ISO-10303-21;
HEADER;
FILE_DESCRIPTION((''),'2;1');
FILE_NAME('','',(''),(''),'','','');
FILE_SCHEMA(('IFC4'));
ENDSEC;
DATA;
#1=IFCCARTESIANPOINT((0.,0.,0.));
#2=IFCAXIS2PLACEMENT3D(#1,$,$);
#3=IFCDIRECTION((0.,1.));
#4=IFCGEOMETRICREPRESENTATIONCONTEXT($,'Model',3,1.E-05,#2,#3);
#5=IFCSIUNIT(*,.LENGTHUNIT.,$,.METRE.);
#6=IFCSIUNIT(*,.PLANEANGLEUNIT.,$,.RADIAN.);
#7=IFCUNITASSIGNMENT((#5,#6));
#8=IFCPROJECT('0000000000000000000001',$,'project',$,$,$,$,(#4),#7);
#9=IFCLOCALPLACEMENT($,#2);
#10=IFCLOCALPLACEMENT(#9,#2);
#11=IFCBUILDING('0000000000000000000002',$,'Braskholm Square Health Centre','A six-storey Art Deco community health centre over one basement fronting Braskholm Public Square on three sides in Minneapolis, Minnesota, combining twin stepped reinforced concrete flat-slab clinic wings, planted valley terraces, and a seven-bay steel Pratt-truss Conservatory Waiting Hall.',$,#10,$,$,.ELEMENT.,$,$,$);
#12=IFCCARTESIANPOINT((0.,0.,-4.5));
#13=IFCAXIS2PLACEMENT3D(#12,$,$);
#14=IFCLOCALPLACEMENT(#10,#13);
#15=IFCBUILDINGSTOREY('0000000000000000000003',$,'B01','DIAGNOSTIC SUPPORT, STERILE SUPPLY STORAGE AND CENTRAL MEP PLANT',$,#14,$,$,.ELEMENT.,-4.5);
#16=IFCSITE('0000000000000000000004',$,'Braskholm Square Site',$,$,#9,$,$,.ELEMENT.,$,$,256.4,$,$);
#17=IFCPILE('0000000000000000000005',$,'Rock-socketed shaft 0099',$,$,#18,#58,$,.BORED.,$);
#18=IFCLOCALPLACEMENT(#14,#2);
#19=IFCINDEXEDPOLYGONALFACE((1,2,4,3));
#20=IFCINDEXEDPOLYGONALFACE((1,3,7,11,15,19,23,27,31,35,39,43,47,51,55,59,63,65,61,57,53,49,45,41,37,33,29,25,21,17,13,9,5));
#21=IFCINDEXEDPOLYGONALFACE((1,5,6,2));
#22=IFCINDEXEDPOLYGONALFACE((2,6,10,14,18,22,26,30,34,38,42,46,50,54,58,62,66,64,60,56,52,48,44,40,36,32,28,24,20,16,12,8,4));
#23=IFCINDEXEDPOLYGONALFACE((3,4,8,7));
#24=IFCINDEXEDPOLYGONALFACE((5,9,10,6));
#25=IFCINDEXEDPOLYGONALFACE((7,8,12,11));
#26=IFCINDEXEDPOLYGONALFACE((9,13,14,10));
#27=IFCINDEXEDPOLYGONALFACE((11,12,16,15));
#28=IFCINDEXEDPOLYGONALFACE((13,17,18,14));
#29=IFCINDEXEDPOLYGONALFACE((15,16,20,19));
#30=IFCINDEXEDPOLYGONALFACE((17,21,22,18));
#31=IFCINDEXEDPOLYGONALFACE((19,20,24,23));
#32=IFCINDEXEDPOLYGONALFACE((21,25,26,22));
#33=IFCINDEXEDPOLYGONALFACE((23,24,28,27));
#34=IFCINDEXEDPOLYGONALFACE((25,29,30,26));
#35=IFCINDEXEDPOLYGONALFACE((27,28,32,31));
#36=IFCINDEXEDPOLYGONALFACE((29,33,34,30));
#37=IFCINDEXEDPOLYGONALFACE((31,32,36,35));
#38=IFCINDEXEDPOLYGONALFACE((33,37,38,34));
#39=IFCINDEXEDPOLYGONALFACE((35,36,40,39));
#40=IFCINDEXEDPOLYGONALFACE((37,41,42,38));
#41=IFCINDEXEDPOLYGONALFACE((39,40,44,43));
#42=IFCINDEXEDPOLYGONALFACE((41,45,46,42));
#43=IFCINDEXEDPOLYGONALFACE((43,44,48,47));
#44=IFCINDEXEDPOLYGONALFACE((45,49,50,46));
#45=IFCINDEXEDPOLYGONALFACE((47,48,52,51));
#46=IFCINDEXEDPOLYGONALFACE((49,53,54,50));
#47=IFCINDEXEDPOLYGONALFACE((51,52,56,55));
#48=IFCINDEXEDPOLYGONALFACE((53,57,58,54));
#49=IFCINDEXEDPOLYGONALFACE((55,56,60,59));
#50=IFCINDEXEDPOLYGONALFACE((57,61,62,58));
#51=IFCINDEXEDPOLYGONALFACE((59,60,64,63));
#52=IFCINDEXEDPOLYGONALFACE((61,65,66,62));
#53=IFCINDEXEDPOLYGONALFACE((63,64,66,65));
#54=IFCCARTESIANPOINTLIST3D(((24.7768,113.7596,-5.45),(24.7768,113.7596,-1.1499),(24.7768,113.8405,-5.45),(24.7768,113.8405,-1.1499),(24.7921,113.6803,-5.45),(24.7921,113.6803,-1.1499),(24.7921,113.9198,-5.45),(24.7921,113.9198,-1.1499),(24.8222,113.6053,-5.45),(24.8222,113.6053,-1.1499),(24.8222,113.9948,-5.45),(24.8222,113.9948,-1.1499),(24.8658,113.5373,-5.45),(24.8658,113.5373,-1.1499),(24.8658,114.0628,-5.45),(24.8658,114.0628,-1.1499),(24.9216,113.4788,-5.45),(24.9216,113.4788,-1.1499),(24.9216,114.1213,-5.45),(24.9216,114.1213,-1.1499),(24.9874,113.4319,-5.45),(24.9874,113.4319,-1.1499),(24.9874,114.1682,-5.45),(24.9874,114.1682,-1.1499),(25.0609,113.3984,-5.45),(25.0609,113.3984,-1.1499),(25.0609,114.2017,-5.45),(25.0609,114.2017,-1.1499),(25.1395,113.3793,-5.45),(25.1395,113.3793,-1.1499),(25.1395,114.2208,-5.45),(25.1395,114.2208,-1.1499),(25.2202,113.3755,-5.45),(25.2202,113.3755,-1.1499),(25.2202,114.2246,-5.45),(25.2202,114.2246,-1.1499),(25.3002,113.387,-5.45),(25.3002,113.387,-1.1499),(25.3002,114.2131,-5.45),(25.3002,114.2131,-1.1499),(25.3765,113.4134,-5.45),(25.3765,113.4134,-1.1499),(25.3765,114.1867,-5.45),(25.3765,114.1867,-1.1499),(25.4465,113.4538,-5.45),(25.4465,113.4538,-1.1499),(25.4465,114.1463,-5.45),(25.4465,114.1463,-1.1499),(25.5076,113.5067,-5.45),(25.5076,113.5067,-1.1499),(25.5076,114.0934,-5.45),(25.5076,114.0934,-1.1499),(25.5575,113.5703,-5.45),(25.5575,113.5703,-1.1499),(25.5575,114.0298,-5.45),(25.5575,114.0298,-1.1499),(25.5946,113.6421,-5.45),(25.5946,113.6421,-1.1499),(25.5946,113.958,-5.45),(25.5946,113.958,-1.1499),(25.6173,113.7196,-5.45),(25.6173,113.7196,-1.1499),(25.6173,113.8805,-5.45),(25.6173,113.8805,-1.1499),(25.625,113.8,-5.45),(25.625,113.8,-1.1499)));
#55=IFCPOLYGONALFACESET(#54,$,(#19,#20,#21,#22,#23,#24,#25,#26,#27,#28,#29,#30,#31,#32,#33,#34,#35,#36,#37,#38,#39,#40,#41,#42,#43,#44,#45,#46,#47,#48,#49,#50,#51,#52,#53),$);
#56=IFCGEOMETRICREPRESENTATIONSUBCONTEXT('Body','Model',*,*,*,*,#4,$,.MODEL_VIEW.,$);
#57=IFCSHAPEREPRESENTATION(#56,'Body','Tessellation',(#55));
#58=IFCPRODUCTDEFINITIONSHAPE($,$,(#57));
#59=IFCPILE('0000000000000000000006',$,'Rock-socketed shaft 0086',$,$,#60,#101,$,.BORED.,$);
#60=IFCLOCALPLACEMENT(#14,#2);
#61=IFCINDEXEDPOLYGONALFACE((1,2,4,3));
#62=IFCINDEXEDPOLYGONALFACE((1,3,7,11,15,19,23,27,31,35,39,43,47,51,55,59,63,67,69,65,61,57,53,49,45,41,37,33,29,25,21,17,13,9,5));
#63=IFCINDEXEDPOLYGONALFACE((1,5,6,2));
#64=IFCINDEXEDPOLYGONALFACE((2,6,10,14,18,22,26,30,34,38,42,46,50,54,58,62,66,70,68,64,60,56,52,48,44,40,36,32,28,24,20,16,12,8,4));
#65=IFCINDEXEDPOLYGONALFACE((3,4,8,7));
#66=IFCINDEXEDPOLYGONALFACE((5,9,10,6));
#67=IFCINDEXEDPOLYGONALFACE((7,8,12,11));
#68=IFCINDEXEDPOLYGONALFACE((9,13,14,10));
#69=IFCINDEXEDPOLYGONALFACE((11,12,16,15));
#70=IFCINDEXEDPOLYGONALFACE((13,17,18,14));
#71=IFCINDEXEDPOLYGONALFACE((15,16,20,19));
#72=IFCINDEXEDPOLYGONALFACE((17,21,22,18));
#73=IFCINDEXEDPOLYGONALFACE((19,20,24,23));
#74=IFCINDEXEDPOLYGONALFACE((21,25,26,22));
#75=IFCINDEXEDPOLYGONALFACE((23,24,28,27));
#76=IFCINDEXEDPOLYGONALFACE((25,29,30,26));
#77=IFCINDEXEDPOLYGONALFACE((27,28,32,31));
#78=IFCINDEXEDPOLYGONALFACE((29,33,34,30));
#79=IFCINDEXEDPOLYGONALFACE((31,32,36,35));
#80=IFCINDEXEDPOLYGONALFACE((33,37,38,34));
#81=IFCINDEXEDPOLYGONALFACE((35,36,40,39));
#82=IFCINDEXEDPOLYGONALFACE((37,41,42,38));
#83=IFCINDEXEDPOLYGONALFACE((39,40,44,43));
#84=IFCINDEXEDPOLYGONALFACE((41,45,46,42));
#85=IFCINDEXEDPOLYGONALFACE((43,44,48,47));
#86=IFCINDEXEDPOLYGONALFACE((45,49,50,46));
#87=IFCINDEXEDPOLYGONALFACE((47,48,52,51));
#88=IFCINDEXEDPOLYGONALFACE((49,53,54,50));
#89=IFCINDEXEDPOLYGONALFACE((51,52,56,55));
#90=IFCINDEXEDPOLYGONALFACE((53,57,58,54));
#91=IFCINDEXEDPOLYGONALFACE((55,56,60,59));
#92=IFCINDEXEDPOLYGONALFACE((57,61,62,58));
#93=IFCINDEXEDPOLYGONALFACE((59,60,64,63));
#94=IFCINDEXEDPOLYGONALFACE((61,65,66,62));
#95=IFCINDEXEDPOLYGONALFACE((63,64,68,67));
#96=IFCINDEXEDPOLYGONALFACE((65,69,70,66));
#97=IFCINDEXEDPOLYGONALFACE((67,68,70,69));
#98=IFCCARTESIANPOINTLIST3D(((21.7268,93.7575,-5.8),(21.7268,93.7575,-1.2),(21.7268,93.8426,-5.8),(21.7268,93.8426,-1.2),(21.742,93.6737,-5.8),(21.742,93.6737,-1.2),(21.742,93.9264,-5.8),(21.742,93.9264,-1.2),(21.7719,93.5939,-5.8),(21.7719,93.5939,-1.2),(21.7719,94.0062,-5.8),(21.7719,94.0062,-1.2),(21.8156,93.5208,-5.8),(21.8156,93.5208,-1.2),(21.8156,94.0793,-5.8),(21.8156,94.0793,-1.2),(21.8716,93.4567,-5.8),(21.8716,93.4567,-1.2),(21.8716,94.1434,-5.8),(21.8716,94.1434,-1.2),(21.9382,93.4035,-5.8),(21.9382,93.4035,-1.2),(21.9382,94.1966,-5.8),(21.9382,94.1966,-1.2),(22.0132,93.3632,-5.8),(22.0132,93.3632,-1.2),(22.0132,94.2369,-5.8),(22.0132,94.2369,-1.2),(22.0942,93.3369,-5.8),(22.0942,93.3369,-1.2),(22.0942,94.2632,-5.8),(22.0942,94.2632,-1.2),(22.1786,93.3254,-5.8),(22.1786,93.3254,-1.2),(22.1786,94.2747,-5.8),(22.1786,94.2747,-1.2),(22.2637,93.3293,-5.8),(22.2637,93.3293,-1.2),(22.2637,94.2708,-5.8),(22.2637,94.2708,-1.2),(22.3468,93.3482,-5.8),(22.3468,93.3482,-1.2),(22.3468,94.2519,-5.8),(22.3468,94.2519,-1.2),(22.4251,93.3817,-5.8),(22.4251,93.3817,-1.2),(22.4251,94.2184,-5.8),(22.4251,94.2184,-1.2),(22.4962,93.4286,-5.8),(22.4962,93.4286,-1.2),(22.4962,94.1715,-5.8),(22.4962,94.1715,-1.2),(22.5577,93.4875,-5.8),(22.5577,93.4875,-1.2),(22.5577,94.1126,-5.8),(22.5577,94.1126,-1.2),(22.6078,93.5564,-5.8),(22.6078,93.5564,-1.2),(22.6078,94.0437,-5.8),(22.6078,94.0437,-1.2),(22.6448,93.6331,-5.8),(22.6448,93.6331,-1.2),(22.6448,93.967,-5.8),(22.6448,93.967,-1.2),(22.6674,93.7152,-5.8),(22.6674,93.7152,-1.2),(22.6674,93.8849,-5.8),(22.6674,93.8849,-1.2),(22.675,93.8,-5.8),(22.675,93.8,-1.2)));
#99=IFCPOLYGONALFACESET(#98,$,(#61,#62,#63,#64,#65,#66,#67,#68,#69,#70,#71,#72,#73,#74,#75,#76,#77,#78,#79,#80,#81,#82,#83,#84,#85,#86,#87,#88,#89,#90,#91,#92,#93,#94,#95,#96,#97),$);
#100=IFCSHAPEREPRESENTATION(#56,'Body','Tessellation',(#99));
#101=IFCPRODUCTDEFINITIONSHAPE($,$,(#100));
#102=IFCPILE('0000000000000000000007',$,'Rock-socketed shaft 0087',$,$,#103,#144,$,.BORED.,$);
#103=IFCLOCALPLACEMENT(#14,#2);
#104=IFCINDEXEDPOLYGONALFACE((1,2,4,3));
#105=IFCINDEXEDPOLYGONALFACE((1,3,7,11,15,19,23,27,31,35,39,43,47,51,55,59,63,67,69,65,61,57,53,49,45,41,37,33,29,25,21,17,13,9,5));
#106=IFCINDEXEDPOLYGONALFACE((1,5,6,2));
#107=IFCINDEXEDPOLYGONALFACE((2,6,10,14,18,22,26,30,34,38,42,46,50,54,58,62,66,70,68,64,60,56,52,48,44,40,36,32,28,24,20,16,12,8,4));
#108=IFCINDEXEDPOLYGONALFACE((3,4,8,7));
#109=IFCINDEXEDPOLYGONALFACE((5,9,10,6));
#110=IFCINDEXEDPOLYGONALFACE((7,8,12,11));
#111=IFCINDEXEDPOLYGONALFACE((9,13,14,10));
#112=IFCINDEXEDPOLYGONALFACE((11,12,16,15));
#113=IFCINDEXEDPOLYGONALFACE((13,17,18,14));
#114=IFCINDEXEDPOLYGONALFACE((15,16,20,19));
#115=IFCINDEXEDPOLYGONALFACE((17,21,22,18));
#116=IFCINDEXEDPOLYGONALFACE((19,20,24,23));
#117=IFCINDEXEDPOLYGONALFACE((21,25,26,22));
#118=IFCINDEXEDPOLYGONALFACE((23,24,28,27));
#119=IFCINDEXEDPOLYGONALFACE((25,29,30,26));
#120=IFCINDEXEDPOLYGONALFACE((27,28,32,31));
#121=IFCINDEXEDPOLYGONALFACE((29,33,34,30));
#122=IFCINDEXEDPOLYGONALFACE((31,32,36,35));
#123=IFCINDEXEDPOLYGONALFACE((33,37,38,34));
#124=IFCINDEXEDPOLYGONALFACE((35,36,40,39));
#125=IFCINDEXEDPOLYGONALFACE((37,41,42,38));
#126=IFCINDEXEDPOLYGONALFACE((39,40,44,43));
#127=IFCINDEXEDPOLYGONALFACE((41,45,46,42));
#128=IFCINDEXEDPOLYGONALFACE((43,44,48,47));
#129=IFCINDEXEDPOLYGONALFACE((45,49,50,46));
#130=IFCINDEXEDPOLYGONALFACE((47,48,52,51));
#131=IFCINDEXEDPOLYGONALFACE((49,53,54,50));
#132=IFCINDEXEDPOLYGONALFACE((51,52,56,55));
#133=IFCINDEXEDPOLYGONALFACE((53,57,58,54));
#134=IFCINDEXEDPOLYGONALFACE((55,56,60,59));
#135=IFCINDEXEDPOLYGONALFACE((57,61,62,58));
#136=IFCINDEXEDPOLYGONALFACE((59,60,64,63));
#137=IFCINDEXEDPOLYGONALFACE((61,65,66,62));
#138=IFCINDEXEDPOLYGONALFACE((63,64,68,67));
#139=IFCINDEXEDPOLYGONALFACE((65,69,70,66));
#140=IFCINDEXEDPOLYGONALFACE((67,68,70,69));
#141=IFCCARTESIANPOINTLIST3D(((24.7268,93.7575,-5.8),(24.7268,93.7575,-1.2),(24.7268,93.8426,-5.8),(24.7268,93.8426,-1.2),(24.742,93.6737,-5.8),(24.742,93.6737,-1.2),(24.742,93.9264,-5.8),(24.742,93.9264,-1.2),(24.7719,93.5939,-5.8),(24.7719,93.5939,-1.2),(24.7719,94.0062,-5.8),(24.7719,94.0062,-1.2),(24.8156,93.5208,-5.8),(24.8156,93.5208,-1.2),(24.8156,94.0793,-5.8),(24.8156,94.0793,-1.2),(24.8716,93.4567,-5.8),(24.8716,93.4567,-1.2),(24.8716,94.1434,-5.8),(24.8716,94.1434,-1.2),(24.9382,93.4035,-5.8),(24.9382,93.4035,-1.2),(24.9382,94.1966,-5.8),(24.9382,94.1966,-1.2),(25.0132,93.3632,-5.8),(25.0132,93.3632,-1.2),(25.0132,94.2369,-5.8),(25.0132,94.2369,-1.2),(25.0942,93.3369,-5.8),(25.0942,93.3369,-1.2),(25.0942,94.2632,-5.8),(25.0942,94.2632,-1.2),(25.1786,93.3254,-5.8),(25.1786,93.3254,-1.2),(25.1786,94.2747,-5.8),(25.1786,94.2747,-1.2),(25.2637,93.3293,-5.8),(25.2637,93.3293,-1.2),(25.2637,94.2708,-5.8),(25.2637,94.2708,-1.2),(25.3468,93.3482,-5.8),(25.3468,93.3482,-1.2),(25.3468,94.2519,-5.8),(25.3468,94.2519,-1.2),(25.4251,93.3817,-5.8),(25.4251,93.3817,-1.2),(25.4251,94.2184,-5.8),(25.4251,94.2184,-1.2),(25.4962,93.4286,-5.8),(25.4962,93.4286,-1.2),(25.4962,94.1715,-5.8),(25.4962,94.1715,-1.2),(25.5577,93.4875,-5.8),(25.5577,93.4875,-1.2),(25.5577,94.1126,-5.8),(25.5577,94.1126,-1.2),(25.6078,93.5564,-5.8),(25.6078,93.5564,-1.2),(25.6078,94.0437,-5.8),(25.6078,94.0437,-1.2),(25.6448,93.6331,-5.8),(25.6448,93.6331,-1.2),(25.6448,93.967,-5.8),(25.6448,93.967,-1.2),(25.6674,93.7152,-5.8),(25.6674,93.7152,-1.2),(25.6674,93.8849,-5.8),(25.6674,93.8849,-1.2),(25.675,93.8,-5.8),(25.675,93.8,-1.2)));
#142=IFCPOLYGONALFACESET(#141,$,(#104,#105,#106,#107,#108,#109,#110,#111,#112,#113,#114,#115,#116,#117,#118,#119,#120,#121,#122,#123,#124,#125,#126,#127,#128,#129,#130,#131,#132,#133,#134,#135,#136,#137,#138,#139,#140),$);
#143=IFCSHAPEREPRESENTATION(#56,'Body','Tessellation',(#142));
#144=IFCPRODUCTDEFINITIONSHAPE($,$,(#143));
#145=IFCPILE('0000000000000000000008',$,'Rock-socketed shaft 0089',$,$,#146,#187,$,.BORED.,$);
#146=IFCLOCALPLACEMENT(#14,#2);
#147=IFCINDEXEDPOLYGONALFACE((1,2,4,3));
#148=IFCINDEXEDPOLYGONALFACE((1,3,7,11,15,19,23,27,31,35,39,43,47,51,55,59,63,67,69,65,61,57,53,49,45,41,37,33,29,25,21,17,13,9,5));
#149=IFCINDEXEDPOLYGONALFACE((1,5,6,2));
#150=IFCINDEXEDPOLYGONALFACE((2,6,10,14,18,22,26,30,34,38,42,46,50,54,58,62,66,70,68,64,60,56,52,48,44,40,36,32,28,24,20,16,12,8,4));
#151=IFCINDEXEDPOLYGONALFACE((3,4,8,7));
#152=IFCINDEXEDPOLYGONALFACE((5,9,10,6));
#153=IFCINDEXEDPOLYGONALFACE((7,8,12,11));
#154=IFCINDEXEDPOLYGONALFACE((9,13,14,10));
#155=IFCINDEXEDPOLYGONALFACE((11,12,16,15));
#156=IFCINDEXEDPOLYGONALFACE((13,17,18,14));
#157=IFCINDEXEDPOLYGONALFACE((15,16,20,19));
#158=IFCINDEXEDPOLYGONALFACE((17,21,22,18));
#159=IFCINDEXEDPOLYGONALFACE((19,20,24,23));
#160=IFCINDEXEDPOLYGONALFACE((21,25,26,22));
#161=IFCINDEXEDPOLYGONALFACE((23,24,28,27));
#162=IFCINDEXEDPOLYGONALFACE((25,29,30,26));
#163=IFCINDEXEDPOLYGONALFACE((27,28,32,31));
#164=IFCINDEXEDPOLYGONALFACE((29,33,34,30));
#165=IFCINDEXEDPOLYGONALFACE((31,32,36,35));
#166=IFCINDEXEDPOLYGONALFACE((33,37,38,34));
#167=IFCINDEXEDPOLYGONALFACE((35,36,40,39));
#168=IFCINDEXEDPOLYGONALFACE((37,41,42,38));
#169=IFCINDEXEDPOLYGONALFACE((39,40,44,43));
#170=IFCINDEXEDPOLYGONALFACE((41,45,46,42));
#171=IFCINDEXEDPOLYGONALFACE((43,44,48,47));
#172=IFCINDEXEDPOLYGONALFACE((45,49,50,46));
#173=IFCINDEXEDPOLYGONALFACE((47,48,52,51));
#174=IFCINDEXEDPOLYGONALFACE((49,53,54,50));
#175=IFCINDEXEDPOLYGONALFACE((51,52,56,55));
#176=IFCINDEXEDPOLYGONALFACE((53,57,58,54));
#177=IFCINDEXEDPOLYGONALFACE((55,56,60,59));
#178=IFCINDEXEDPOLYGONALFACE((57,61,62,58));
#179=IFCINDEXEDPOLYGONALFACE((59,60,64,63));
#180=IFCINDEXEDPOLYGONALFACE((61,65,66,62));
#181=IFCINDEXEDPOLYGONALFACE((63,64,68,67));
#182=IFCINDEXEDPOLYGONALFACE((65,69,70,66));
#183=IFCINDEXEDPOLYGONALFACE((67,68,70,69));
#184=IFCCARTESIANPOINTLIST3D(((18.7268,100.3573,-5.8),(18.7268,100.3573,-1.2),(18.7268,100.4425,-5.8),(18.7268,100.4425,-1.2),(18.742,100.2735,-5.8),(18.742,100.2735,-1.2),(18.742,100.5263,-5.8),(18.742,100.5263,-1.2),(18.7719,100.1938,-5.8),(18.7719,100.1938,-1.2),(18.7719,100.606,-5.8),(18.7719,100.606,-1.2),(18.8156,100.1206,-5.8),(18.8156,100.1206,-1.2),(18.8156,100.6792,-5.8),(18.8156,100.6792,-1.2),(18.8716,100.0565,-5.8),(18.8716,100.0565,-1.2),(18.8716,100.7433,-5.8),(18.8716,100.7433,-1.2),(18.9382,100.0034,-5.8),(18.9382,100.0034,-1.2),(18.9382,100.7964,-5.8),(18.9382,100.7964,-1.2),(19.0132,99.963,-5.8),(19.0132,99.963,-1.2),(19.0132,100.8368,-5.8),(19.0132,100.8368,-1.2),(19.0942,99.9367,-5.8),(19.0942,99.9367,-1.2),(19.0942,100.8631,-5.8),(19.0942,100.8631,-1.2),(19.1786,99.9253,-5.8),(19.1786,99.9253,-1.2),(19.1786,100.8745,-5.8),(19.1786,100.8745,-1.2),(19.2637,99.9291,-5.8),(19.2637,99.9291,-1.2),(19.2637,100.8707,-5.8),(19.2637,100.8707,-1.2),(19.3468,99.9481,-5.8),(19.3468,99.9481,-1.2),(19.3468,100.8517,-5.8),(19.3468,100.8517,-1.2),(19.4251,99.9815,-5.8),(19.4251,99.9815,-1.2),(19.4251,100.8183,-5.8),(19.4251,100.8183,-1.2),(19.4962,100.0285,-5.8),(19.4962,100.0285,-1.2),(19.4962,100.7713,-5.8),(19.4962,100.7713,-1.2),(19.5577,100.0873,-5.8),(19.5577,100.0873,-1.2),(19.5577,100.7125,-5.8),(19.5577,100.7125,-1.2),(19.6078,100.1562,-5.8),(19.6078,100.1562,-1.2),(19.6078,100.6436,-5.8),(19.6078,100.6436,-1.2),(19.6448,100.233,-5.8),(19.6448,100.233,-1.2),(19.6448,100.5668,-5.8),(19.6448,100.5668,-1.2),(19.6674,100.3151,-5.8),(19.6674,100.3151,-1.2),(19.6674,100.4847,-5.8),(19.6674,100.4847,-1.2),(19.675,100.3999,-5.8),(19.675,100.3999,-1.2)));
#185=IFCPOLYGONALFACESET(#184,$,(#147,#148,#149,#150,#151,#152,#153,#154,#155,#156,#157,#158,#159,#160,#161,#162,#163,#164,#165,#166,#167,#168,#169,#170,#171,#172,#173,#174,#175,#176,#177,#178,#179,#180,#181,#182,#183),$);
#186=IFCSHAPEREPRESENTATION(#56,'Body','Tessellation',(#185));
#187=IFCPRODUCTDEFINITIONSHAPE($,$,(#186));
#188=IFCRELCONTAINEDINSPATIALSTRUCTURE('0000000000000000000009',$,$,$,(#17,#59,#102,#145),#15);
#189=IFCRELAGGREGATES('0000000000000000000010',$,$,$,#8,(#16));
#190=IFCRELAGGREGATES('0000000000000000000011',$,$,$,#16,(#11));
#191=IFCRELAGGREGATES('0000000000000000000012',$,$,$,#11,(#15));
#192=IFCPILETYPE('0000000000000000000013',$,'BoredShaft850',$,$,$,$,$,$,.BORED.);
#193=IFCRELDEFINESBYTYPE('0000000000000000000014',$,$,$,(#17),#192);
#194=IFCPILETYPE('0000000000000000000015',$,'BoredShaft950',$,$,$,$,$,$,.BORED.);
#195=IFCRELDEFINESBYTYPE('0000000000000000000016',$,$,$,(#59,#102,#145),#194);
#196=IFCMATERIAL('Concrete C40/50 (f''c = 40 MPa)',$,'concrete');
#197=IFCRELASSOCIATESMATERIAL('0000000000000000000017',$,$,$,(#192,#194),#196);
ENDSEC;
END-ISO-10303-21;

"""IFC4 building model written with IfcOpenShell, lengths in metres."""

from ifc_helpers import new_model, si_unit, direction, frame, origin, origin_2d, place, context, subcontext, project, spatial, circle, extrude, material, material_profile, profile_set, type_object, element, save


model = new_model("IFC4")

# Units and contexts
model_context = context("Model", 3, precision=1e-05, world=origin(), true_north=direction((0.0, 1.0)))
body_context = subcontext(model_context, "Body", "Model", "MODEL_VIEW")
ifc_project = project(units=[si_unit("LENGTHUNIT", "METRE"), si_unit("PLANEANGLEUNIT", "RADIAN")], contexts=[model_context])

# Site, building, storey
site_placement = place(None, origin())
site = spatial("IfcSite", under=ifc_project, at=site_placement, Name="Braskholm Square Site", CompositionType="ELEMENT", RefElevation=256.4)
building_placement = place(site_placement, origin())
building = spatial("IfcBuilding", under=site, at=building_placement, Name="Braskholm Square Health Centre", Description="A six-storey Art Deco community health centre over one basement fronting Braskholm Public Square on three sides in Minneapolis, Minnesota, combining twin stepped reinforced concrete flat-slab clinic wings, planted valley terraces, and a seven-bay steel Pratt-truss Conservatory Waiting Hall.", CompositionType="ELEMENT")
storey_placement = place(building_placement, frame((0.0, 0.0, -4.5)))
storey = spatial("IfcBuildingStorey", under=building, at=storey_placement, Name="B01", Description="DIAGNOSTIC SUPPORT, STERILE SUPPLY STORAGE AND CENTRAL MEP PLANT", CompositionType="ELEMENT", Elevation=-4.5)

# Piles
ifc_material_1 = material(Name="Concrete C40/50 (f'c = 40 MPa)", Category="concrete")
ifc_material_profile_1 = material_profile(ifc_material_1, circle(Radius=0.425, at=origin_2d()), Name="BORED-PILE-850")
ifc_profile_set_1 = profile_set([ifc_material_profile_1], Name="Concrete C40/50 (f'c = 40 MPa)")
pile_type_1 = type_object("IfcPileType", Name="BoredShaft850", PredefinedType="BORED", material=ifc_profile_set_1)
for number, where, z_axis, x_axis, name in (
    (1, (25.2, 113.8, -1.1499), (0.0, 0.0, -1.0), (1.0, 0.0, 0.0), "Rock-socketed shaft 0099"),
):
    element("IfcPile", number, at=place(storey_placement, frame(where, z_axis=z_axis, x_axis=x_axis)), inside=storey, type_object=pile_type_1, Name=name, PredefinedType="BORED", context=body_context, shape_type="SweptSolid", body=[
        extrude(circle(Radius=0.425, at=origin_2d()), origin(), (0.0, 0.0, 1.0), 4.3),
    ])
ifc_material_profile_2 = material_profile(ifc_material_1, circle(Radius=0.4751, at=origin_2d()), Name="BORED-PILE-950")
ifc_profile_set_2 = profile_set([ifc_material_profile_2], Name="Concrete C40/50 (f'c = 40 MPa)")
pile_type_2 = type_object("IfcPileType", Name="BoredShaft950", PredefinedType="BORED", material=ifc_profile_set_2)
for number, where, z_axis, x_axis, name in (
    (2, (22.2, 93.8, -1.2), (0.0, 0.0, -1.0), (1.0, 0.0, 0.0), "Rock-socketed shaft 0086"),
    (3, (25.2, 93.8, -1.2), (0.0, 0.0, -1.0), (1.0, 0.0, 0.0), "Rock-socketed shaft 0087"),
    (4, (19.2, 100.3999, -1.2), (0.0, 0.0, -1.0), (1.0, 0.0, 0.0), "Rock-socketed shaft 0089"),
):
    element("IfcPile", number, at=place(storey_placement, frame(where, z_axis=z_axis, x_axis=x_axis)), inside=storey, type_object=pile_type_2, Name=name, PredefinedType="BORED", context=body_context, shape_type="SweptSolid", body=[
        extrude(circle(Radius=0.4751, at=origin_2d()), origin(), (0.0, 0.0, 1.0), 4.6001),
    ])

save(model, "model.ifc")
